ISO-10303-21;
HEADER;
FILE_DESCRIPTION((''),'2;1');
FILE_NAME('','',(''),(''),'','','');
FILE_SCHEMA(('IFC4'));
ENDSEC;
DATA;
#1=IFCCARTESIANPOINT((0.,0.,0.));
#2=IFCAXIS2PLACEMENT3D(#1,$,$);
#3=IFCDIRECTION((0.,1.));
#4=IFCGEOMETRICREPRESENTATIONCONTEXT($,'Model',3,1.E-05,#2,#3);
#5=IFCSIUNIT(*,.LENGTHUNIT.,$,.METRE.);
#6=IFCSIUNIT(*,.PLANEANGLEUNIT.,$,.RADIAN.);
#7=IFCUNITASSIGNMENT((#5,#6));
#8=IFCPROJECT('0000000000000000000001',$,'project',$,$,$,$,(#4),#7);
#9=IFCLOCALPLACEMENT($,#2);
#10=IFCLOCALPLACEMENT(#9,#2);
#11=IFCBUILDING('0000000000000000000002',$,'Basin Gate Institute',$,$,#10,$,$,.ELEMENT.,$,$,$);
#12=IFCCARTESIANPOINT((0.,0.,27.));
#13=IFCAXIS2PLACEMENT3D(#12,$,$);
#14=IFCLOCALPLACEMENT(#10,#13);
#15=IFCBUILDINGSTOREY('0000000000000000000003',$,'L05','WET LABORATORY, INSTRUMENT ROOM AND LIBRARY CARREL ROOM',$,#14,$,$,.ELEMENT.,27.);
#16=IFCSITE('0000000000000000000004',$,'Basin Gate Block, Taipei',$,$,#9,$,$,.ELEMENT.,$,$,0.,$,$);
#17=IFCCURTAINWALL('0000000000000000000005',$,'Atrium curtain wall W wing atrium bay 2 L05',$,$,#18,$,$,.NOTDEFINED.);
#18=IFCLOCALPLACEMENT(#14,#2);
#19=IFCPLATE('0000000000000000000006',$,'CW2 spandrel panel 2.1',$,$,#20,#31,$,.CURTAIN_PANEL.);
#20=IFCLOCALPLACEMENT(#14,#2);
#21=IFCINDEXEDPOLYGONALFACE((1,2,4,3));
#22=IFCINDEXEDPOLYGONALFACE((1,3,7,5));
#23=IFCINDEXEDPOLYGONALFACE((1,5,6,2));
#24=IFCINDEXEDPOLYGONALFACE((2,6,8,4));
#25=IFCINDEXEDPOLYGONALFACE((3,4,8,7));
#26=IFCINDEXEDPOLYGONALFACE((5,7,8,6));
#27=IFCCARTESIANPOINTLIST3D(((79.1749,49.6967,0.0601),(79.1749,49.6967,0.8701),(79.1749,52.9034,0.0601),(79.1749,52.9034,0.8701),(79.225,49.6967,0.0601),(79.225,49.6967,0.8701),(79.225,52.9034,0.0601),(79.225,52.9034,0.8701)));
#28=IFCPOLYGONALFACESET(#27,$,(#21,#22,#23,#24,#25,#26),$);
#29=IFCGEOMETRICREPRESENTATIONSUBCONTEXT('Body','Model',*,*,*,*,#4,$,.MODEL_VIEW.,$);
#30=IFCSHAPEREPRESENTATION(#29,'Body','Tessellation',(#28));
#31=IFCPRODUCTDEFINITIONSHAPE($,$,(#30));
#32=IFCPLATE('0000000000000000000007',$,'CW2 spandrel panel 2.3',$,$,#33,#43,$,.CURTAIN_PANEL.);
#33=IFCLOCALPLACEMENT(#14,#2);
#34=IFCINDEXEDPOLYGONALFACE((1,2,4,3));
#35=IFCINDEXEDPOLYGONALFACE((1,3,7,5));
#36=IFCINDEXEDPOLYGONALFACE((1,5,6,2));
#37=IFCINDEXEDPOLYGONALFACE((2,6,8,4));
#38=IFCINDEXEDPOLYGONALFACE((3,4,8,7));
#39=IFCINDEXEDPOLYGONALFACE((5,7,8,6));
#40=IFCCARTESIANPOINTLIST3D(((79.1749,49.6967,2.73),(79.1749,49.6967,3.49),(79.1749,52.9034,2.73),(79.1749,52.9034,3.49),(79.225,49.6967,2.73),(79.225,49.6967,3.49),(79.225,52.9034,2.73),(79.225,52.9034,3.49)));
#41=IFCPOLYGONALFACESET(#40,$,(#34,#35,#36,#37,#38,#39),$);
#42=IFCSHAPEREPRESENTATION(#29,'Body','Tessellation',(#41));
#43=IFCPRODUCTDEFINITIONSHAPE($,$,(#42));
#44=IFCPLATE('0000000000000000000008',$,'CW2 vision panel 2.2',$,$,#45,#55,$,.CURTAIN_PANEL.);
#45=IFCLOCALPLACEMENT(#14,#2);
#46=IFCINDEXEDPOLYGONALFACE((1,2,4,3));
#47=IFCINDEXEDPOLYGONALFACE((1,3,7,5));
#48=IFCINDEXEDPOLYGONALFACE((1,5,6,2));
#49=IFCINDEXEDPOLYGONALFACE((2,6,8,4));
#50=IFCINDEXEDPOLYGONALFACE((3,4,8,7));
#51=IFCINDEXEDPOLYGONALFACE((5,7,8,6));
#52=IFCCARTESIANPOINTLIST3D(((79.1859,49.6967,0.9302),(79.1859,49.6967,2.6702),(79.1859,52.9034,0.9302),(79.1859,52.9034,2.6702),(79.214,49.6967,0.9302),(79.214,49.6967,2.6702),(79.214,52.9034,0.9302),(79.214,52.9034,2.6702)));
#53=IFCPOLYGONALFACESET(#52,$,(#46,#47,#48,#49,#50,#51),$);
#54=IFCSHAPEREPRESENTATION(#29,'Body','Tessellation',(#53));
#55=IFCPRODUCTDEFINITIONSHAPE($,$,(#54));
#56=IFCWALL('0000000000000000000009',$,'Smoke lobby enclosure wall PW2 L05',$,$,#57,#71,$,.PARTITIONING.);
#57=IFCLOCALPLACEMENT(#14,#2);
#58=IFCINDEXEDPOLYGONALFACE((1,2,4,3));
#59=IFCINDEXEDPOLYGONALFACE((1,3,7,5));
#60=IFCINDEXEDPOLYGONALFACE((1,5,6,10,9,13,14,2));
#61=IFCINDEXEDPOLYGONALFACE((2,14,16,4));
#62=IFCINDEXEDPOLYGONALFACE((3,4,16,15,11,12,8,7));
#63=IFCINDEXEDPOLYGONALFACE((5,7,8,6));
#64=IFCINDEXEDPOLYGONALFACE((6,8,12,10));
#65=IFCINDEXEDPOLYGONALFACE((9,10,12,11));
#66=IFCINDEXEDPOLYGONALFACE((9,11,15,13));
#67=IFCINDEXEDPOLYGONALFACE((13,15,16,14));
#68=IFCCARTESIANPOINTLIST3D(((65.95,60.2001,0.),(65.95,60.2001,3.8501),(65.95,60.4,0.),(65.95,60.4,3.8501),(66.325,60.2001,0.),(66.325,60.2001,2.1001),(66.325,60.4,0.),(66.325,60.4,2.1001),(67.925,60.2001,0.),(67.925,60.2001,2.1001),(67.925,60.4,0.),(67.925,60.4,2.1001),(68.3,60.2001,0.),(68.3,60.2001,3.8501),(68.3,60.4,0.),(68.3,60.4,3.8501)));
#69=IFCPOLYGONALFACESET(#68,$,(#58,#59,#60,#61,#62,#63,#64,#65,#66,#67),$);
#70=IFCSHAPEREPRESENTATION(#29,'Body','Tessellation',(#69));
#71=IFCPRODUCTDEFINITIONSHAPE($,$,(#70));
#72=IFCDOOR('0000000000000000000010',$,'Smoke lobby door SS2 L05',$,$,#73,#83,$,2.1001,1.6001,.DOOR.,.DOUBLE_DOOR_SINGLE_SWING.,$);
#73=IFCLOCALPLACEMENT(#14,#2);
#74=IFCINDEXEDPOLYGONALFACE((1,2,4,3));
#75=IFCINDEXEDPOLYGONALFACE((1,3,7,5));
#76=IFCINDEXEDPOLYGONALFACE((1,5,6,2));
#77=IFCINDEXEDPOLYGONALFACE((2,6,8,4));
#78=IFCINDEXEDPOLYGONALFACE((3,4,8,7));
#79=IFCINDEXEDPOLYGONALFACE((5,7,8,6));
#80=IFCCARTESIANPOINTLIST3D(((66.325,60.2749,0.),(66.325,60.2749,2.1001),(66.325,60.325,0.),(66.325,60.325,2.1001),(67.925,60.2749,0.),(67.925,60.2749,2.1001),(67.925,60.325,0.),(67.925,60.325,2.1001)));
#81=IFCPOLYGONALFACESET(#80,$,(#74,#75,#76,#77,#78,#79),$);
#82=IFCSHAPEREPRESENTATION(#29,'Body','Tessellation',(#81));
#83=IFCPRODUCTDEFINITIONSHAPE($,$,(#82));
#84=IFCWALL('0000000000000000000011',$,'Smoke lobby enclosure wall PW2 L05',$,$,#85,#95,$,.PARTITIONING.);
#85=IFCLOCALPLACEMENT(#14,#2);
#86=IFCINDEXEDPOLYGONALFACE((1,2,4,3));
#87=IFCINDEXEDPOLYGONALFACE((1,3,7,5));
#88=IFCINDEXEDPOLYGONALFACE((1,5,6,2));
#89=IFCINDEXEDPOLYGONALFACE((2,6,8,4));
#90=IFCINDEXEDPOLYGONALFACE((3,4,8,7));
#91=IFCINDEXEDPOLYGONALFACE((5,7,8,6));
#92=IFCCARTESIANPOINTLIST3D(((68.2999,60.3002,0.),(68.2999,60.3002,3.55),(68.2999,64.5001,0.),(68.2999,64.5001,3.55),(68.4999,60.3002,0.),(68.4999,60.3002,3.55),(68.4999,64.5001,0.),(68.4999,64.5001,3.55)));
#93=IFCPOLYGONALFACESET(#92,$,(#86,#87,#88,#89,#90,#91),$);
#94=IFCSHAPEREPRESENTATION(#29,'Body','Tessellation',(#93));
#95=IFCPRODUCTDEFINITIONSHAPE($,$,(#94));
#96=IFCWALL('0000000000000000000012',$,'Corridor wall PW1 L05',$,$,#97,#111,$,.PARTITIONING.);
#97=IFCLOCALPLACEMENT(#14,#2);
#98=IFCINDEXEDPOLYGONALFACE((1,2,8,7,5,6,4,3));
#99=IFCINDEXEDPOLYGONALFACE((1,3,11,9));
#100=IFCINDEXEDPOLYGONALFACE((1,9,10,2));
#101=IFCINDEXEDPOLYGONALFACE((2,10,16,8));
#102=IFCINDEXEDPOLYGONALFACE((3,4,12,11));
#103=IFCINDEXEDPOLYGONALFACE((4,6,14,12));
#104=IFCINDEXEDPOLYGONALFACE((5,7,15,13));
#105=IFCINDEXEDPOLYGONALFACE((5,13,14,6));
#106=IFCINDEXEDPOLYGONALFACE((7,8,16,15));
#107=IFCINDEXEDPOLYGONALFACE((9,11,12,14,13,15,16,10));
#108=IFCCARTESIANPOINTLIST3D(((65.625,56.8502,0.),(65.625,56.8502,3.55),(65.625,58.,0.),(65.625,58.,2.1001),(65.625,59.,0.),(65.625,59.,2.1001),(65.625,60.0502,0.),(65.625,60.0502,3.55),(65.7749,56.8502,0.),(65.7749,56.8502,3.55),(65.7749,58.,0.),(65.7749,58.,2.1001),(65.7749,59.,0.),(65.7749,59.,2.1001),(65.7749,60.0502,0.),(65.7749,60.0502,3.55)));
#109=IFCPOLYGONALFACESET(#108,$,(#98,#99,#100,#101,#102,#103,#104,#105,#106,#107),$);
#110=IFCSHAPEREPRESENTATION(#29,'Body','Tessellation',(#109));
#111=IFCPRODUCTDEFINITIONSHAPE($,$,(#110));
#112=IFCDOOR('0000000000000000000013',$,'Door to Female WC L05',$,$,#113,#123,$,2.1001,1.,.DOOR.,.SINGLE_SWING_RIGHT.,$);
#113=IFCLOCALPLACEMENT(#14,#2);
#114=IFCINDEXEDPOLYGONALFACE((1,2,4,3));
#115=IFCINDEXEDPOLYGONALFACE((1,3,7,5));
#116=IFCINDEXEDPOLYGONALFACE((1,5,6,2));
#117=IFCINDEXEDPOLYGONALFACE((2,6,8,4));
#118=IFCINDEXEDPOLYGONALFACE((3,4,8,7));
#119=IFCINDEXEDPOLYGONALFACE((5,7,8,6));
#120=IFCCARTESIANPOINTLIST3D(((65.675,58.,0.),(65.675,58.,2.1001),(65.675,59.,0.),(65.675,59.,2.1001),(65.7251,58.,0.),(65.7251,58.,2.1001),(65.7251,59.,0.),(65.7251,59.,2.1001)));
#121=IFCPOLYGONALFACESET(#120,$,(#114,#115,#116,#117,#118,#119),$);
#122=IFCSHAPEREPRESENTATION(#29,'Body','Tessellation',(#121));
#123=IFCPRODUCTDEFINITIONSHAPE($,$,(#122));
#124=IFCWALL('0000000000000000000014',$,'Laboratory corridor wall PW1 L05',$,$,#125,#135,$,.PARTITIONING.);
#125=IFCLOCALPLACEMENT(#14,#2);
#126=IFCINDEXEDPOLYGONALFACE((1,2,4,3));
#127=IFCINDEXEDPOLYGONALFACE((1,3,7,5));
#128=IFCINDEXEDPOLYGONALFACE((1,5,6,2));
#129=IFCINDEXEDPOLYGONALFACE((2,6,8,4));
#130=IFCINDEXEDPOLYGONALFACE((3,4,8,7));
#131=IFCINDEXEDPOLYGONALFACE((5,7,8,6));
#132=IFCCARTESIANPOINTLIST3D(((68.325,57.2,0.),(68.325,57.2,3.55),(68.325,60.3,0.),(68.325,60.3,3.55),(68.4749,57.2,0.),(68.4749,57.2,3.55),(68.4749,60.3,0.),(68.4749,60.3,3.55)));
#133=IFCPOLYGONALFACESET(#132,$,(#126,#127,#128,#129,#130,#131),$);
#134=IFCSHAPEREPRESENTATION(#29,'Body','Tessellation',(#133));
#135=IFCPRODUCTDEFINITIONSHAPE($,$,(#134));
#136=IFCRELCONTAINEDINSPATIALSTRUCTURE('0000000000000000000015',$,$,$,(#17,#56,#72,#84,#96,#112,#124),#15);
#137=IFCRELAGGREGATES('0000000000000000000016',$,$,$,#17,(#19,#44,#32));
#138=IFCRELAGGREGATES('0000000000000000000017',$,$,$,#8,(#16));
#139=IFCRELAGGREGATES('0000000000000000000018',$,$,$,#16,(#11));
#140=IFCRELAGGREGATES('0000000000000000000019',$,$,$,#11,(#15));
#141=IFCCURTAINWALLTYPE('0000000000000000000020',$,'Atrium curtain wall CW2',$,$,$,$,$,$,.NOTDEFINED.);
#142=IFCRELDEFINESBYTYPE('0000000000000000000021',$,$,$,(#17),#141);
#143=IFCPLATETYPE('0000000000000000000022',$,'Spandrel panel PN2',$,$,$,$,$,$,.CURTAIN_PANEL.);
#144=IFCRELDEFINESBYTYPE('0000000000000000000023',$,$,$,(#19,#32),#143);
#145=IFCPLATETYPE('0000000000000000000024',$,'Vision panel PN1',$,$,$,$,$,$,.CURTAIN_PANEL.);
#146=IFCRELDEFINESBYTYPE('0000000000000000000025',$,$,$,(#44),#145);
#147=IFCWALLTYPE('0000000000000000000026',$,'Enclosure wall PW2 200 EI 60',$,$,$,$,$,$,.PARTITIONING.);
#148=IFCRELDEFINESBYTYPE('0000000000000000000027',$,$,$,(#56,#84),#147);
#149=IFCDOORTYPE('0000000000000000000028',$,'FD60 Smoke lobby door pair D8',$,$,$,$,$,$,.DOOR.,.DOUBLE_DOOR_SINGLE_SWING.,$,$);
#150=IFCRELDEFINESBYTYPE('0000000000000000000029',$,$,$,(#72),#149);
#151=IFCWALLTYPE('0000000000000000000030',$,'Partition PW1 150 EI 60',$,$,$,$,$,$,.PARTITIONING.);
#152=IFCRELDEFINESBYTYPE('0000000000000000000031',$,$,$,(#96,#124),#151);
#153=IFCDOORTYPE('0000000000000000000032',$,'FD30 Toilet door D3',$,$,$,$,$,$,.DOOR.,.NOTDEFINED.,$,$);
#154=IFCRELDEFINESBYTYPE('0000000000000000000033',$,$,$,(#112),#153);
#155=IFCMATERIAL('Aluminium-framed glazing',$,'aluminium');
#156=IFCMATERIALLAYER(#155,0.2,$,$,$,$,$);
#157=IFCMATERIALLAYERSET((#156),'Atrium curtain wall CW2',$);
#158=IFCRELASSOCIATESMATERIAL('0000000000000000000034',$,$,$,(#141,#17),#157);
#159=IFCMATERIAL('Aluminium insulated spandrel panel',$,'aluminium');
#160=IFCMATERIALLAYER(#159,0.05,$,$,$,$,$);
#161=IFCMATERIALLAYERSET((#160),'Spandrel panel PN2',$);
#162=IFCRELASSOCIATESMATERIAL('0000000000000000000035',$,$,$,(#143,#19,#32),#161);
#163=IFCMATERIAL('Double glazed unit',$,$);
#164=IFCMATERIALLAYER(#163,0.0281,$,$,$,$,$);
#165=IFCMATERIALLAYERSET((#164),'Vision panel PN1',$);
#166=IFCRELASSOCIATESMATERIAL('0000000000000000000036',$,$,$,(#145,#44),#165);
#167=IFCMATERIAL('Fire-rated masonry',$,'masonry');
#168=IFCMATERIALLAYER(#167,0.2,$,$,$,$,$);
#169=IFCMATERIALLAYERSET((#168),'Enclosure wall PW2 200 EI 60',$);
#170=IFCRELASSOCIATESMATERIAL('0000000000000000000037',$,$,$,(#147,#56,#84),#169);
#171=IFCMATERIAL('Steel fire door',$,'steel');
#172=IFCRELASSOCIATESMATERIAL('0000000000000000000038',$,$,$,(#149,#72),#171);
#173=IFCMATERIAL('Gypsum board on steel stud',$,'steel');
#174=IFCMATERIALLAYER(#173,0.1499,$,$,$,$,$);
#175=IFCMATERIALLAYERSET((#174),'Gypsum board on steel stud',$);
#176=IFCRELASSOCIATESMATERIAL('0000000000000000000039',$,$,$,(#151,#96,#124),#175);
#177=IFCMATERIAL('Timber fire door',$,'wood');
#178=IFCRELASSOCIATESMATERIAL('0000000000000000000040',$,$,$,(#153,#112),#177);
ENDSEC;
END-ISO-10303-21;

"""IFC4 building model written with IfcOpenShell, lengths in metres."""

from ifc_helpers import new_model, si_unit, direction, frame, frame_2d, origin, origin_2d, place, context, subcontext, project, spatial, rectangle, extrude, material, layer, layer_set, type_object, element, fill, aggregate, save


model = new_model("IFC4")

# Units and contexts
model_context = context("Model", 3, precision=1e-05, world=origin(), true_north=direction((0.0, 1.0)))
body_context = subcontext(model_context, "Body", "Model", "MODEL_VIEW")
ifc_project = project(units=[si_unit("LENGTHUNIT", "METRE"), si_unit("PLANEANGLEUNIT", "RADIAN")], contexts=[model_context])

# Site, building, storey
site_placement = place(None, origin())
site = spatial("IfcSite", under=ifc_project, at=site_placement, Name="Basin Gate Block, Taipei", CompositionType="ELEMENT", RefElevation=0.0)
building_placement = place(site_placement, origin())
building = spatial("IfcBuilding", under=site, at=building_placement, Name="Basin Gate Institute", CompositionType="ELEMENT")
storey_placement = place(building_placement, frame((0.0, 0.0, 27.0)))
storey = spatial("IfcBuildingStorey", under=building, at=storey_placement, Name="L05", Description="WET LABORATORY, INSTRUMENT ROOM AND LIBRARY CARREL ROOM", CompositionType="ELEMENT", Elevation=27.0)

# Curtain wall
ifc_material_1 = material(Name="Aluminium-framed glazing", Category="aluminium")
ifc_layer_1 = layer(ifc_material_1, 0.2)
ifc_layer_set_1 = layer_set([ifc_layer_1], Name="Atrium curtain wall CW2")
curtain_wall_type = type_object("IfcCurtainWallType", Name="Atrium curtain wall CW2", PredefinedType="NOTDEFINED", material=ifc_layer_set_1)
curtain_wall_placement = place(storey_placement, origin())
curtain_wall = element("IfcCurtainWall", 1, at=curtain_wall_placement, inside=storey, type_object=curtain_wall_type, material=ifc_layer_set_1, Name="Atrium curtain wall W wing atrium bay 2 L05", PredefinedType="NOTDEFINED")

# Plates
ifc_material_2 = material(Name="Aluminium insulated spandrel panel", Category="aluminium")
ifc_layer_2 = layer(ifc_material_2, 0.05)
ifc_layer_set_2 = layer_set([ifc_layer_2], Name="Spandrel panel PN2")
plate_type_1 = type_object("IfcPlateType", Name="Spandrel panel PN2", PredefinedType="CURTAIN_PANEL", material=ifc_layer_set_2)
plate_1_placement = place(storey_placement, frame((79.2, 51.3, 0.0601), z_axis=(0.0, 0.0, 1.0), x_axis=(0.0, 1.0, 0.0)))
plate_1 = element("IfcPlate", 2, at=plate_1_placement, type_object=plate_type_1, material=ifc_layer_set_2, Name="CW2 spandrel panel 2.1", PredefinedType="CURTAIN_PANEL", context=body_context, shape_type="SweptSolid", body=[
    extrude(rectangle(XDim=3.2068, YDim=0.05, at=origin_2d()), origin(), (0.0, 0.0, 1.0), 0.8101),
])
plate_2_placement = place(storey_placement, frame((79.2, 51.3, 2.73), z_axis=(0.0, 0.0, 1.0), x_axis=(0.0, 1.0, 0.0)))
plate_2 = element("IfcPlate", 3, at=plate_2_placement, type_object=plate_type_1, material=ifc_layer_set_2, Name="CW2 spandrel panel 2.3", PredefinedType="CURTAIN_PANEL", context=body_context, shape_type="SweptSolid", body=[
    extrude(rectangle(XDim=3.2068, YDim=0.05, at=origin_2d()), origin(), (0.0, 0.0, 1.0), 0.76),
])
ifc_material_3 = material(Name="Double glazed unit")
ifc_layer_3 = layer(ifc_material_3, 0.0281)
ifc_layer_set_3 = layer_set([ifc_layer_3], Name="Vision panel PN1")
plate_type_2 = type_object("IfcPlateType", Name="Vision panel PN1", PredefinedType="CURTAIN_PANEL", material=ifc_layer_set_3)
plate_3_placement = place(storey_placement, frame((79.2, 51.3, 0.9302), z_axis=(0.0, 0.0, 1.0), x_axis=(0.0, 1.0, 0.0)))
plate_3 = element("IfcPlate", 4, at=plate_3_placement, type_object=plate_type_2, material=ifc_layer_set_3, Name="CW2 vision panel 2.2", PredefinedType="CURTAIN_PANEL", context=body_context, shape_type="SweptSolid", body=[
    extrude(rectangle(XDim=3.2068, YDim=0.0281, at=origin_2d()), origin(), (0.0, 0.0, 1.0), 1.74),
])
aggregate(curtain_wall, [plate_1, plate_3, plate_2])

# Wall, opening, door
ifc_material_4 = material(Name="Fire-rated masonry", Category="masonry")
ifc_layer_4 = layer(ifc_material_4, 0.2)
ifc_layer_set_4 = layer_set([ifc_layer_4], Name="Enclosure wall PW2 200 EI 60")
wall_type_1 = type_object("IfcWallType", Name="Enclosure wall PW2 200 EI 60", PredefinedType="PARTITIONING", material=ifc_layer_set_4)
wall_1_placement = place(storey_placement, frame((65.95, 60.3, 0.0), z_axis=(0.0, 0.0, 1.0), x_axis=(1.0, 0.0, 0.0)))
wall_1 = element("IfcWall", 5, at=wall_1_placement, inside=storey, type_object=wall_type_1, material=ifc_layer_set_4, Name="Smoke lobby enclosure wall PW2 L05", PredefinedType="PARTITIONING", context=body_context, shape_type="SweptSolid", body=[
    extrude(rectangle(XDim=2.3501, YDim=0.2, at=frame_2d((1.175, 0.0))), origin(), (0.0, 0.0, 1.0), 3.8501),
])
opening_1_placement = place(wall_1_placement, frame((0.375, 0.0, 0.0)))
opening_1 = element("IfcOpeningElement", 6, at=opening_1_placement, cuts=wall_1, PredefinedType="OPENING", context=body_context, shape_type="SweptSolid", body=[
    extrude(rectangle(XDim=1.6001, YDim=2.1001, at=frame_2d((0.8, 1.05))), frame((0.0, 0.1099, 0.0), z_axis=(0.0, -1.0, 0.0), x_axis=(1.0, 0.0, 0.0)), (0.0, 0.0, 1.0), 0.22),
])
ifc_material_5 = material(Name="Steel fire door", Category="steel")
door_type_1 = type_object("IfcDoorType", Name="FD60 Smoke lobby door pair D8", OperationType="DOUBLE_DOOR_SINGLE_SWING", PredefinedType="DOOR", material=ifc_material_5)
door_1_placement = place(opening_1_placement, origin())
door_1 = element("IfcDoor", 7, at=door_1_placement, inside=storey, type_object=door_type_1, material=ifc_material_5, Name="Smoke lobby door SS2 L05", OperationType="DOUBLE_DOOR_SINGLE_SWING", OverallHeight=2.1001, OverallWidth=1.6001, PredefinedType="DOOR", context=body_context, shape_type="SweptSolid", body=[
    extrude(rectangle(XDim=1.6001, YDim=2.1001, at=frame_2d((0.8, 1.05))), frame((0.0, 0.0249, 0.0), z_axis=(0.0, -1.0, 0.0), x_axis=(1.0, 0.0, 0.0)), (0.0, 0.0, 1.0), 0.05),
])
fill(opening_1, door_1)

# Wall
wall_2_placement = place(storey_placement, frame((68.3999, 60.3, 0.0), z_axis=(0.0, 0.0, 1.0), x_axis=(0.0, 1.0, 0.0)))
element("IfcWall", 8, at=wall_2_placement, inside=storey, type_object=wall_type_1, material=ifc_layer_set_4, Name="Smoke lobby enclosure wall PW2 L05", PredefinedType="PARTITIONING", context=body_context, shape_type="SweptSolid", body=[
    extrude(rectangle(XDim=4.2, YDim=0.2, at=frame_2d((2.1001, 0.0))), origin(), (0.0, 0.0, 1.0), 3.55),
])

# Wall, opening, door
ifc_material_6 = material(Name="Gypsum board on steel stud", Category="steel")
ifc_layer_5 = layer(ifc_material_6, 0.1499)
ifc_layer_set_5 = layer_set([ifc_layer_5], Name="Gypsum board on steel stud")
wall_type_2 = type_object("IfcWallType", Name="Partition PW1 150 EI 60", PredefinedType="PARTITIONING", material=ifc_layer_set_5)
wall_3_placement = place(storey_placement, frame((65.7, 56.8501, 0.0), z_axis=(0.0, 0.0, 1.0), x_axis=(0.0, 1.0, 0.0)))
wall_3 = element("IfcWall", 9, at=wall_3_placement, inside=storey, type_object=wall_type_2, material=ifc_layer_set_5, Name="Corridor wall PW1 L05", PredefinedType="PARTITIONING", context=body_context, shape_type="SweptSolid", body=[
    extrude(rectangle(XDim=3.2, YDim=0.1499, at=frame_2d((1.6001, 0.0))), origin(), (0.0, 0.0, 1.0), 3.55),
])
opening_2_placement = place(wall_3_placement, frame((1.1499, 0.0, 0.0)))
opening_2 = element("IfcOpeningElement", 10, at=opening_2_placement, cuts=wall_3, PredefinedType="OPENING", context=body_context, shape_type="SweptSolid", body=[
    extrude(rectangle(XDim=1.0, YDim=2.1001, at=frame_2d((0.5, 1.05))), frame((0.0, 0.085, 0.0), z_axis=(0.0, -1.0, 0.0), x_axis=(1.0, 0.0, 0.0)), (0.0, 0.0, 1.0), 0.1699),
])
ifc_material_7 = material(Name="Timber fire door", Category="wood")
door_type_2 = type_object("IfcDoorType", Name="FD30 Toilet door D3", OperationType="NOTDEFINED", PredefinedType="DOOR", material=ifc_material_7)
door_2_placement = place(opening_2_placement, origin())
door_2 = element("IfcDoor", 11, at=door_2_placement, inside=storey, type_object=door_type_2, material=ifc_material_7, Name="Door to Female WC L05", OperationType="SINGLE_SWING_RIGHT", OverallHeight=2.1001, OverallWidth=1.0, PredefinedType="DOOR", context=body_context, shape_type="SweptSolid", body=[
    extrude(rectangle(XDim=1.0, YDim=2.1001, at=frame_2d((0.5, 1.05))), frame((0.0, 0.0249, 0.0), z_axis=(0.0, -1.0, 0.0), x_axis=(1.0, 0.0, 0.0)), (0.0, 0.0, 1.0), 0.05),
])
fill(opening_2, door_2)

# Wall
wall_4_placement = place(storey_placement, frame((68.3999, 57.2, 0.0), z_axis=(0.0, 0.0, 1.0), x_axis=(0.0, 1.0, 0.0)))
element("IfcWall", 12, at=wall_4_placement, inside=storey, type_object=wall_type_2, material=ifc_layer_set_5, Name="Laboratory corridor wall PW1 L05", PredefinedType="PARTITIONING", context=body_context, shape_type="SweptSolid", body=[
    extrude(rectangle(XDim=3.1001, YDim=0.1499, at=frame_2d((1.55, 0.0))), origin(), (0.0, 0.0, 1.0), 3.55),
])

save(model, "model.ifc")
